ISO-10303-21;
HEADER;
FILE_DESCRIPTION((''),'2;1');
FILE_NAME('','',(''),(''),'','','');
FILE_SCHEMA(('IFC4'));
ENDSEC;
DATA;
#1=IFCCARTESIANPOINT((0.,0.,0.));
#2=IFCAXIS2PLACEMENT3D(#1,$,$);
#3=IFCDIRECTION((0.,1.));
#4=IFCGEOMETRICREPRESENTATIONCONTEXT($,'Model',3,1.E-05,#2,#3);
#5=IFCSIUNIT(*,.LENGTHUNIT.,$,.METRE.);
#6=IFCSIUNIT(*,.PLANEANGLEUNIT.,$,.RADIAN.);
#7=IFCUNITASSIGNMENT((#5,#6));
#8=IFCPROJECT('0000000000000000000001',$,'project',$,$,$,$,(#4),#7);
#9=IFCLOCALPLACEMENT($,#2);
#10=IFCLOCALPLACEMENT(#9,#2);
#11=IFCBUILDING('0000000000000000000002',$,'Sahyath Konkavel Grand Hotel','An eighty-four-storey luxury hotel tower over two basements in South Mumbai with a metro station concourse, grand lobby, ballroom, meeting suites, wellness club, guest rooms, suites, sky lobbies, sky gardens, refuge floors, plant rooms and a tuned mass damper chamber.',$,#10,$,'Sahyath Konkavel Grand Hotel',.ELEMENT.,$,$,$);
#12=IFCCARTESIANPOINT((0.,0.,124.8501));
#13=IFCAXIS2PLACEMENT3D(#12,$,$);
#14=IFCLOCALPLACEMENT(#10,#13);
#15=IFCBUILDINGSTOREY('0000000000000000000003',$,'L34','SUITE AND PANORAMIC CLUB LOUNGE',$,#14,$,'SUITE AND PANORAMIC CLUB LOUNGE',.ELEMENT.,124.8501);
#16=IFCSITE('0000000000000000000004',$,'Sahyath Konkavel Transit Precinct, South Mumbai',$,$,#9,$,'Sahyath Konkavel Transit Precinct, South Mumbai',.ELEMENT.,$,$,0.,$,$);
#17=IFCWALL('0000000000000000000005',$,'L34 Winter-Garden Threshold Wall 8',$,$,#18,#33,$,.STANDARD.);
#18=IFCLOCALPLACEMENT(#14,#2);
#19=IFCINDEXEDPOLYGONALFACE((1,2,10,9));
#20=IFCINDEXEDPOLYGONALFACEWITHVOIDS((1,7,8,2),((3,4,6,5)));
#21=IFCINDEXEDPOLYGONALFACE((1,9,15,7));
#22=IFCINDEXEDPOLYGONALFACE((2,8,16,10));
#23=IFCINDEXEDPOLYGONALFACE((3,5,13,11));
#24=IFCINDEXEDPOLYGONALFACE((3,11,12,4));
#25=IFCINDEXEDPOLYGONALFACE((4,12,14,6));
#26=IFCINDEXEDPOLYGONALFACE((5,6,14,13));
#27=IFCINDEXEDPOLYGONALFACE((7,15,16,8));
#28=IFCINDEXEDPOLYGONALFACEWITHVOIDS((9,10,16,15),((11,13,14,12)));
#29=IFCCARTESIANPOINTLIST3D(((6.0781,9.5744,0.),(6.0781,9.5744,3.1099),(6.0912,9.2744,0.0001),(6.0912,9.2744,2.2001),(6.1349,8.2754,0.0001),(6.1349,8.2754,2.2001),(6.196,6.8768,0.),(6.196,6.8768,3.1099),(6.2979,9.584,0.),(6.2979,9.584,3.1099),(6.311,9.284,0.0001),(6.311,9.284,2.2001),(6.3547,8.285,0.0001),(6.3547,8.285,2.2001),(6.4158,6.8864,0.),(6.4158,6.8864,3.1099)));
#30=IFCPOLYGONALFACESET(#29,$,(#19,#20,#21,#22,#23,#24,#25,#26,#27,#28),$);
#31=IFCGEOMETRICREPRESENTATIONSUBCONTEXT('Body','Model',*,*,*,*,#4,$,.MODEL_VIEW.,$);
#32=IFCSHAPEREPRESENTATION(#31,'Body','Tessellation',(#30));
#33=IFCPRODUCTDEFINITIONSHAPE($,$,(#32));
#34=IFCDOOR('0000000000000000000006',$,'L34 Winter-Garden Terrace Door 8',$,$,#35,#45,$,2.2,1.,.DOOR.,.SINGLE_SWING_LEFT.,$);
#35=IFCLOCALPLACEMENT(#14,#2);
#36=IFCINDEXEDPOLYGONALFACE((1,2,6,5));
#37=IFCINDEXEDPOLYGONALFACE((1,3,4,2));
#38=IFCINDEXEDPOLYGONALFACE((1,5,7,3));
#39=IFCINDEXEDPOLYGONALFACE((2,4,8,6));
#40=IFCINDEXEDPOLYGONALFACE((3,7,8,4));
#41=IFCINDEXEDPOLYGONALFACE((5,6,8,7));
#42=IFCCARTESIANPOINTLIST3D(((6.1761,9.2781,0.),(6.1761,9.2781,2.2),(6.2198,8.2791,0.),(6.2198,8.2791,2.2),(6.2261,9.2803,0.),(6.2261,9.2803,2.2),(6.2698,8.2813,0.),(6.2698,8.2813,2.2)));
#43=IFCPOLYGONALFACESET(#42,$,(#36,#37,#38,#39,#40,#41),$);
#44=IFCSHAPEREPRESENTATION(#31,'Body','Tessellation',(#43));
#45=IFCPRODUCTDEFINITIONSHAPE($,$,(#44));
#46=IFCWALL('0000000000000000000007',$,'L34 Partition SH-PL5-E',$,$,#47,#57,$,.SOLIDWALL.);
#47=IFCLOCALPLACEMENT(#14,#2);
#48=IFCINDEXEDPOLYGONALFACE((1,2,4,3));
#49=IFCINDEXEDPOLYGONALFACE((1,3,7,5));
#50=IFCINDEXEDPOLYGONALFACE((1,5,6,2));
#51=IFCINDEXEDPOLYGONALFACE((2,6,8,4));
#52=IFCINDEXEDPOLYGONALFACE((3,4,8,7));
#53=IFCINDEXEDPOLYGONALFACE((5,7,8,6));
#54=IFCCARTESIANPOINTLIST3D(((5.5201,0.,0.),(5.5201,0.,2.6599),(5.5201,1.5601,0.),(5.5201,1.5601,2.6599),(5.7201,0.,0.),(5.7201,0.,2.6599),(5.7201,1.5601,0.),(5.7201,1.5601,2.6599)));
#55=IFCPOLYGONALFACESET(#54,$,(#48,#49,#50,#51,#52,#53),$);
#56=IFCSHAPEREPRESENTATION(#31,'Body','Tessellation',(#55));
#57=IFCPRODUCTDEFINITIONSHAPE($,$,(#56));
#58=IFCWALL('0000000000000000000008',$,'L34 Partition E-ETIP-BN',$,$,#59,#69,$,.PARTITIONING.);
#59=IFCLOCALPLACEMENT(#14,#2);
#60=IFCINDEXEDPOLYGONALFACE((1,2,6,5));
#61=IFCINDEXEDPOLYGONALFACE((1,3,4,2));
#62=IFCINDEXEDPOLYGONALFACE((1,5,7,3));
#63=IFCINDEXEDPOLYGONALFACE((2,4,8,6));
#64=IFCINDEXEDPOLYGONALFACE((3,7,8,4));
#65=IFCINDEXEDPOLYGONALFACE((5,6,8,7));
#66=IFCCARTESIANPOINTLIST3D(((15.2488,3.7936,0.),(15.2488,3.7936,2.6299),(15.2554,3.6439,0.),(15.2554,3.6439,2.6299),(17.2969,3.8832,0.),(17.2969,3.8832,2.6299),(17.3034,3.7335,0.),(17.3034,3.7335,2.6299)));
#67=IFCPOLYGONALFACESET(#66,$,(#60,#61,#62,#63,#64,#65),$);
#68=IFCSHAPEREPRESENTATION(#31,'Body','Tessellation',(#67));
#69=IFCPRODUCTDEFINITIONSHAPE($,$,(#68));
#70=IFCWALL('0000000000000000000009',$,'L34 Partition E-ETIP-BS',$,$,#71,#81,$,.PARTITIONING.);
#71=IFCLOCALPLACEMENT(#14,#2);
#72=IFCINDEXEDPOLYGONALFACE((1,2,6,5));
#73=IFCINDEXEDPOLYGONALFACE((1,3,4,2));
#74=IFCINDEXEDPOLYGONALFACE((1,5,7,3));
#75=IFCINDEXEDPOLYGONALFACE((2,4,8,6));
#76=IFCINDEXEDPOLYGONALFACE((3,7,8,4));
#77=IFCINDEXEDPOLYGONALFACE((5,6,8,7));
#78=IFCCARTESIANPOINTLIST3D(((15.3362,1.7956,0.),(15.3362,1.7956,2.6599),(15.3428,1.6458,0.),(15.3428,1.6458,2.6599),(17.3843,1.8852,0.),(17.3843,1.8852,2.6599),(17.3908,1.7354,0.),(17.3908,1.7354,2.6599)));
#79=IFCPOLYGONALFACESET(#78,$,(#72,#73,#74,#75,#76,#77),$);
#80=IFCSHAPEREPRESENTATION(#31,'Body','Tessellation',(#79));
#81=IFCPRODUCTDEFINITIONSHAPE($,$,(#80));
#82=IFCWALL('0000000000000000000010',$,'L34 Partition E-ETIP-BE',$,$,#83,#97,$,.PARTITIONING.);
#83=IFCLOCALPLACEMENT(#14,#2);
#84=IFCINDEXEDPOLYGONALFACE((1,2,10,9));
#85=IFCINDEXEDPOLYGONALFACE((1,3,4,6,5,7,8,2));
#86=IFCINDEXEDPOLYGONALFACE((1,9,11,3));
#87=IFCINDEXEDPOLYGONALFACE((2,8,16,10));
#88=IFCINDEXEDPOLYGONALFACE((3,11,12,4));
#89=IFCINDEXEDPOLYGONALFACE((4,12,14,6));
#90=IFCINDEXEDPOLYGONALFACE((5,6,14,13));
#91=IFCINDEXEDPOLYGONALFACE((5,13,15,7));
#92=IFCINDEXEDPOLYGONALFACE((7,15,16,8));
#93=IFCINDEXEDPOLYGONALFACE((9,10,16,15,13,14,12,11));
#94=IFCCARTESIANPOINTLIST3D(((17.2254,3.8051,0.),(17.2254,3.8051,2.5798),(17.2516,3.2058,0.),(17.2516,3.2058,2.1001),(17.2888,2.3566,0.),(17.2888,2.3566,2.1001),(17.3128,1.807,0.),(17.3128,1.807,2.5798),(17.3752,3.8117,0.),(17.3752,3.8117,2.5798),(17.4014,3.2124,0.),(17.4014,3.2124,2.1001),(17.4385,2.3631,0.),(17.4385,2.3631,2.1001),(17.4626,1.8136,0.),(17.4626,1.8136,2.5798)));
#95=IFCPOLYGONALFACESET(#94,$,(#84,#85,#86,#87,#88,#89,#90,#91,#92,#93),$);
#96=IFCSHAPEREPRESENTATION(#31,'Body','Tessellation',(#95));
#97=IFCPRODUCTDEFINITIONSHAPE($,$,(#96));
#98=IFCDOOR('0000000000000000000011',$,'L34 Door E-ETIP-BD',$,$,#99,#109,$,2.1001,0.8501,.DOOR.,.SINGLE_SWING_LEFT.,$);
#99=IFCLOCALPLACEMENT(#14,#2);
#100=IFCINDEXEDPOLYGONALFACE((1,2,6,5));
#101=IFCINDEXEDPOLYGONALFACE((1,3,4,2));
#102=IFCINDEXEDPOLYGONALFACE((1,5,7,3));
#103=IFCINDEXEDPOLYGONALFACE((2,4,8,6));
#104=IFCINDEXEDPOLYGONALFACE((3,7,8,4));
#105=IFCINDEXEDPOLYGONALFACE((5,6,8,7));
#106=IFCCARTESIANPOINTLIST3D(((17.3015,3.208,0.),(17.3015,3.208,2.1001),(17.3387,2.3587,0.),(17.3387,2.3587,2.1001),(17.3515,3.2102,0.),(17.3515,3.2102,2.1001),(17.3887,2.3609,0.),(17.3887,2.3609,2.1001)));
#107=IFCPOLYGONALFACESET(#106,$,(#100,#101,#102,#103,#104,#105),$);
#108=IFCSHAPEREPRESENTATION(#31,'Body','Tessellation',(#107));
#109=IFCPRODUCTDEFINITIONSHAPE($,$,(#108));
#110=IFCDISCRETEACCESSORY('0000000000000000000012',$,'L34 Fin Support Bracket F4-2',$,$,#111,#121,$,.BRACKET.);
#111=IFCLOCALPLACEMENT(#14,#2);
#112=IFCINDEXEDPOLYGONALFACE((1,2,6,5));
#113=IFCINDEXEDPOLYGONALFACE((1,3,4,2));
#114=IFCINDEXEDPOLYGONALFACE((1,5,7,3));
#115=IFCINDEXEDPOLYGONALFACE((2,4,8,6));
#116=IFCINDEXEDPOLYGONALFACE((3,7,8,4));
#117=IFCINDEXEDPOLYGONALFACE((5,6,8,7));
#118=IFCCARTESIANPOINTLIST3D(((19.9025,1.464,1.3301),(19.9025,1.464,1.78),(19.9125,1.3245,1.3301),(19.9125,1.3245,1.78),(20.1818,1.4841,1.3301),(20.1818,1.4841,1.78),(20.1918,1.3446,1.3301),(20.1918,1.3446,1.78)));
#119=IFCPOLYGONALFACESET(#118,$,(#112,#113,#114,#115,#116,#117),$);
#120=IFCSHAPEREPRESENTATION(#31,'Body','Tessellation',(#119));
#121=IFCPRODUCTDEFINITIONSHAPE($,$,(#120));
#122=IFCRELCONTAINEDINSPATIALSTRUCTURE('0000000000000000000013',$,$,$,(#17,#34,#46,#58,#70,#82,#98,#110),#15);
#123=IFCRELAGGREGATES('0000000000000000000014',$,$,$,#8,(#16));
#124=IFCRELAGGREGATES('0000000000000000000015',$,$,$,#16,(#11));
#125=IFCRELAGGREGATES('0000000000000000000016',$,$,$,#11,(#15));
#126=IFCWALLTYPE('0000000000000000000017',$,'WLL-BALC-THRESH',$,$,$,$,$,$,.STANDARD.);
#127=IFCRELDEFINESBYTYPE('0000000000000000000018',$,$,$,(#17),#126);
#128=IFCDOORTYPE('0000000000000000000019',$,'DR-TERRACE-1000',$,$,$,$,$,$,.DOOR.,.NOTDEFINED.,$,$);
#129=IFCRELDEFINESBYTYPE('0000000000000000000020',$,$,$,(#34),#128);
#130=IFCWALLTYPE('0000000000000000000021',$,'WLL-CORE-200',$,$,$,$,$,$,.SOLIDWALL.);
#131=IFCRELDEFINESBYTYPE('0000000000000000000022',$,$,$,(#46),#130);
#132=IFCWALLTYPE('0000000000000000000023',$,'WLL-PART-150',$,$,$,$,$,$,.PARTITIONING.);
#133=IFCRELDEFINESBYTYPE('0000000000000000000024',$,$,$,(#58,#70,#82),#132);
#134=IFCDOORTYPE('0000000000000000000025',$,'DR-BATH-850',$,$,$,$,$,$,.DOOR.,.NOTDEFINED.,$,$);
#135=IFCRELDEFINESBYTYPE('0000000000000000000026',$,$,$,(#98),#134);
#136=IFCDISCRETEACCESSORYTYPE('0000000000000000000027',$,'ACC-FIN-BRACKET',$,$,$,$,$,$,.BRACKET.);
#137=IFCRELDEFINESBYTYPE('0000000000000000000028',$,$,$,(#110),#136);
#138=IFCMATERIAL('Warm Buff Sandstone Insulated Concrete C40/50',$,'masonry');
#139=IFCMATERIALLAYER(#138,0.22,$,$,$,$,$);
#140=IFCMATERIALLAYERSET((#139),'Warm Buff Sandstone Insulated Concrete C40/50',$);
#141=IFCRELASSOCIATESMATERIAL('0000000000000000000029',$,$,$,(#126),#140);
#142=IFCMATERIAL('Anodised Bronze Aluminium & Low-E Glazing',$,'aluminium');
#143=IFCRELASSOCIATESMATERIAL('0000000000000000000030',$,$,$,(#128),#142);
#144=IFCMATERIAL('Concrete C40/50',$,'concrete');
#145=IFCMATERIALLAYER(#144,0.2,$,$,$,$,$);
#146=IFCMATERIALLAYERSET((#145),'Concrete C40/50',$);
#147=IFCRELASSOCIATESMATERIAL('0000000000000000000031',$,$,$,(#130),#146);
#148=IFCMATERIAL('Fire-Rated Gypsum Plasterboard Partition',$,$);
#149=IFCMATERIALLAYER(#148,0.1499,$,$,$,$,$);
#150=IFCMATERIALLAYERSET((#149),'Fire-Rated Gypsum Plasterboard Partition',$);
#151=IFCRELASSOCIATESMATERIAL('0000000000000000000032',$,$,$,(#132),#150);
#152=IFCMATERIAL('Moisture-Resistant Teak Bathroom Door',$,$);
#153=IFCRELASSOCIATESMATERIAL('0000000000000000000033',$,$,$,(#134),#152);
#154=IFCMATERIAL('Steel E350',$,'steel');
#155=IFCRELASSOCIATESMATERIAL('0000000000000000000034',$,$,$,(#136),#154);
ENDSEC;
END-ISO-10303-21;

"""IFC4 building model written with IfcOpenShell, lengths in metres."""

from ifc_helpers import new_model, si_unit, direction, frame, frame_2d, origin, origin_2d, place, context, subcontext, project, spatial, rectangle, extrude, source, transform, mapped, material, layer, layer_set, type_object, element, fill, save


model = new_model("IFC4")

# Units and contexts
model_context = context("Model", 3, precision=1e-05, world=origin(), true_north=direction((0.0, 1.0)))
body_context = subcontext(model_context, "Body", "Model", "MODEL_VIEW")
ifc_project = project(units=[si_unit("LENGTHUNIT", "METRE"), si_unit("PLANEANGLEUNIT", "RADIAN")], contexts=[model_context])

# Site, building, storey
site_placement = place(None, origin())
site = spatial("IfcSite", under=ifc_project, at=site_placement, Name="Sahyath Konkavel Transit Precinct, South Mumbai", LongName="Sahyath Konkavel Transit Precinct, South Mumbai", CompositionType="ELEMENT", RefElevation=0.0)
building_placement = place(site_placement, origin())
building = spatial("IfcBuilding", under=site, at=building_placement, Name="Sahyath Konkavel Grand Hotel", Description="An eighty-four-storey luxury hotel tower over two basements in South Mumbai with a metro station concourse, grand lobby, ballroom, meeting suites, wellness club, guest rooms, suites, sky lobbies, sky gardens, refuge floors, plant rooms and a tuned mass damper chamber.", LongName="Sahyath Konkavel Grand Hotel", CompositionType="ELEMENT")
storey_placement = place(building_placement, frame((0.0, 0.0, 124.8501)))
storey = spatial("IfcBuildingStorey", under=building, at=storey_placement, Name="L34", Description="SUITE AND PANORAMIC CLUB LOUNGE", LongName="SUITE AND PANORAMIC CLUB LOUNGE", CompositionType="ELEMENT", Elevation=124.8501)

# Shared definitions
ifc_material_1 = material(Name="Steel E350", Category="steel")

# Shared definitions
ifc_material_2 = material(Name="Anodised Bronze Aluminium & Low-E Glazing", Category="aluminium")

# Shared definitions
ifc_material_3 = material(Name="Warm Buff Sandstone Insulated Concrete C40/50", Category="masonry")
ifc_layer_1 = layer(ifc_material_3, 0.22)
ifc_layer_set_1 = layer_set([ifc_layer_1], Name="Warm Buff Sandstone Insulated Concrete C40/50")
wall_type_1 = type_object("IfcWallType", Name="WLL-BALC-THRESH", PredefinedType="STANDARD", material=ifc_layer_set_1)

# Wall, opening, door
wall_1_placement = place(storey_placement, frame((6.3059, 6.8816, 0.0), z_axis=(0.0, 0.0, 1.0), x_axis=(-0.043673, 0.999046, 0.0)))
wall_1 = element("IfcWall", 1, at=wall_1_placement, inside=storey, type_object=wall_type_1, Name="L34 Winter-Garden Threshold Wall 8", PredefinedType="STANDARD", context=body_context, shape_type="SweptSolid", body=[
    extrude(rectangle(XDim=2.7002, YDim=0.22, at=frame_2d((1.3501, 0.0))), origin(), (0.0, 0.0, 1.0), 3.1099),
])
opening_1_placement = place(wall_1_placement, frame((1.3999, 0.0, 0.0)))
opening_1 = element("IfcOpeningElement", 2, at=opening_1_placement, cuts=wall_1, PredefinedType="OPENING", context=body_context, shape_type="SweptSolid", body=[
    extrude(rectangle(XDim=1.0, YDim=2.2, at=frame_2d((0.5, 1.1001))), frame((0.0, 0.1201, 0.0), z_axis=(0.0, -1.0, 0.0), x_axis=(1.0, 0.0, 0.0)), (0.0, 0.0, 1.0), 0.24),
])
door_type_1 = type_object("IfcDoorType", Name="DR-TERRACE-1000", OperationType="NOTDEFINED", PredefinedType="DOOR", material=ifc_material_2)
shared_shape_1 = source(origin(), body_context, "Body", "SweptSolid", [
    extrude(rectangle(XDim=1.0, YDim=0.05, at=origin_2d()), origin(), (0.0, 0.0, 1.0), 2.2),
])
door_1_placement = place(opening_1_placement, frame((0.5, 0.0, 0.0)))
door_1 = element("IfcDoor", 3, at=door_1_placement, inside=storey, type_object=door_type_1, Name="L34 Winter-Garden Terrace Door 8", OperationType="SINGLE_SWING_LEFT", OverallHeight=2.2, OverallWidth=1.0, PredefinedType="DOOR", context=body_context, shape_type="MappedRepresentation", body=[
    mapped(shared_shape_1, transform((0.0, 0.0, 0.0), scale=1.0)),
])
fill(opening_1, door_1)

# Walls
ifc_material_4 = material(Name="Concrete C40/50", Category="concrete")
ifc_layer_2 = layer(ifc_material_4, 0.2)
ifc_layer_set_2 = layer_set([ifc_layer_2], Name="Concrete C40/50")
wall_type_2 = type_object("IfcWallType", Name="WLL-CORE-200", PredefinedType="SOLIDWALL", material=ifc_layer_set_2)
wall_2_placement = place(storey_placement, frame((5.6201, 0.0, 0.0), z_axis=(0.0, 0.0, 1.0), x_axis=(0.0, 1.0, 0.0)))
element("IfcWall", 4, at=wall_2_placement, inside=storey, type_object=wall_type_2, Name="L34 Partition SH-PL5-E", PredefinedType="SOLIDWALL", context=body_context, shape_type="SweptSolid", body=[
    extrude(rectangle(XDim=1.5601, YDim=0.2, at=frame_2d((0.78, 0.0))), origin(), (0.0, 0.0, 1.0), 2.6599),
])
ifc_material_5 = material(Name="Fire-Rated Gypsum Plasterboard Partition")
ifc_layer_3 = layer(ifc_material_5, 0.1499)
ifc_layer_set_3 = layer_set([ifc_layer_3], Name="Fire-Rated Gypsum Plasterboard Partition")
wall_type_3 = type_object("IfcWallType", Name="WLL-PART-150", PredefinedType="PARTITIONING", material=ifc_layer_set_3)
wall_3_placement = place(storey_placement, frame((15.2522, 3.7188, 0.0), z_axis=(0.0, 0.0, 1.0), x_axis=(0.999044, 0.043706, 0.0)))
element("IfcWall", 5, at=wall_3_placement, inside=storey, type_object=wall_type_3, Name="L34 Partition E-ETIP-BN", PredefinedType="PARTITIONING", context=body_context, shape_type="SweptSolid", body=[
    extrude(rectangle(XDim=2.05, YDim=0.1499, at=frame_2d((1.0249, 0.0))), origin(), (0.0, 0.0, 1.0), 2.6299),
])
wall_4_placement = place(storey_placement, frame((15.3396, 1.7207, 0.0), z_axis=(0.0, 0.0, 1.0), x_axis=(0.999044, 0.043706, 0.0)))
element("IfcWall", 6, at=wall_4_placement, inside=storey, type_object=wall_type_3, Name="L34 Partition E-ETIP-BS", PredefinedType="PARTITIONING", context=body_context, shape_type="SweptSolid", body=[
    extrude(rectangle(XDim=2.05, YDim=0.1499, at=frame_2d((1.0249, 0.0))), origin(), (0.0, 0.0, 1.0), 2.6599),
])

# Wall, opening, door
wall_5_placement = place(storey_placement, frame((17.3877, 1.8103, 0.0), z_axis=(0.0, 0.0, 1.0), x_axis=(-0.043702, 0.999045, 0.0)))
wall_5 = element("IfcWall", 7, at=wall_5_placement, inside=storey, type_object=wall_type_3, Name="L34 Partition E-ETIP-BE", PredefinedType="PARTITIONING", context=body_context, shape_type="SweptSolid", body=[
    extrude(rectangle(XDim=2.0, YDim=0.1499, at=frame_2d((1.0, 0.0))), origin(), (0.0, 0.0, 1.0), 2.5798),
])
opening_2_placement = place(wall_5_placement, frame((0.55, 0.0, 0.0)))
opening_2 = element("IfcOpeningElement", 8, at=opening_2_placement, cuts=wall_5, PredefinedType="OPENING", context=body_context, shape_type="SweptSolid", body=[
    extrude(rectangle(XDim=0.8501, YDim=2.1001, at=frame_2d((0.425, 1.05))), frame((0.0, 0.085, 0.0), z_axis=(0.0, -1.0, 0.0), x_axis=(1.0, 0.0, 0.0)), (0.0, 0.0, 1.0), 0.1699),
])
ifc_material_6 = material(Name="Moisture-Resistant Teak Bathroom Door")
door_type_2 = type_object("IfcDoorType", Name="DR-BATH-850", OperationType="NOTDEFINED", PredefinedType="DOOR", material=ifc_material_6)
shared_shape_2 = source(origin(), body_context, "Body", "SweptSolid", [
    extrude(rectangle(XDim=0.8501, YDim=0.05, at=origin_2d()), origin(), (0.0, 0.0, 1.0), 2.1001),
])
door_2_placement = place(opening_2_placement, frame((0.425, 0.0, 0.0)))
door_2 = element("IfcDoor", 9, at=door_2_placement, inside=storey, type_object=door_type_2, Name="L34 Door E-ETIP-BD", OperationType="SINGLE_SWING_LEFT", OverallHeight=2.1001, OverallWidth=0.8501, PredefinedType="DOOR", context=body_context, shape_type="MappedRepresentation", body=[
    mapped(shared_shape_2, transform((0.0, 0.0, 0.0), scale=1.0)),
])
fill(opening_2, door_2)

# Discrete accessory
discrete_accessory_type = type_object("IfcDiscreteAccessoryType", Name="ACC-FIN-BRACKET", PredefinedType="BRACKET", material=ifc_material_1)
shared_shape_3 = source(origin(), body_context, "Body", "SweptSolid", [
    extrude(rectangle(XDim=0.28, YDim=0.1399, at=origin_2d()), origin(), (0.0, 0.0, 1.0), 0.45),
])
discrete_accessory_placement = place(storey_placement, frame((20.0471, 1.4043, 1.3301), z_axis=(0.0, 0.0, 1.0), x_axis=(0.997436, 0.071567, 0.0)))
element("IfcDiscreteAccessory", 10, at=discrete_accessory_placement, inside=storey, type_object=discrete_accessory_type, Name="L34 Fin Support Bracket F4-2", PredefinedType="BRACKET", context=body_context, shape_type="MappedRepresentation", body=[
    mapped(shared_shape_3, transform((0.0, 0.0, 0.0), scale=1.0)),
])

save(model, "model.ifc")
